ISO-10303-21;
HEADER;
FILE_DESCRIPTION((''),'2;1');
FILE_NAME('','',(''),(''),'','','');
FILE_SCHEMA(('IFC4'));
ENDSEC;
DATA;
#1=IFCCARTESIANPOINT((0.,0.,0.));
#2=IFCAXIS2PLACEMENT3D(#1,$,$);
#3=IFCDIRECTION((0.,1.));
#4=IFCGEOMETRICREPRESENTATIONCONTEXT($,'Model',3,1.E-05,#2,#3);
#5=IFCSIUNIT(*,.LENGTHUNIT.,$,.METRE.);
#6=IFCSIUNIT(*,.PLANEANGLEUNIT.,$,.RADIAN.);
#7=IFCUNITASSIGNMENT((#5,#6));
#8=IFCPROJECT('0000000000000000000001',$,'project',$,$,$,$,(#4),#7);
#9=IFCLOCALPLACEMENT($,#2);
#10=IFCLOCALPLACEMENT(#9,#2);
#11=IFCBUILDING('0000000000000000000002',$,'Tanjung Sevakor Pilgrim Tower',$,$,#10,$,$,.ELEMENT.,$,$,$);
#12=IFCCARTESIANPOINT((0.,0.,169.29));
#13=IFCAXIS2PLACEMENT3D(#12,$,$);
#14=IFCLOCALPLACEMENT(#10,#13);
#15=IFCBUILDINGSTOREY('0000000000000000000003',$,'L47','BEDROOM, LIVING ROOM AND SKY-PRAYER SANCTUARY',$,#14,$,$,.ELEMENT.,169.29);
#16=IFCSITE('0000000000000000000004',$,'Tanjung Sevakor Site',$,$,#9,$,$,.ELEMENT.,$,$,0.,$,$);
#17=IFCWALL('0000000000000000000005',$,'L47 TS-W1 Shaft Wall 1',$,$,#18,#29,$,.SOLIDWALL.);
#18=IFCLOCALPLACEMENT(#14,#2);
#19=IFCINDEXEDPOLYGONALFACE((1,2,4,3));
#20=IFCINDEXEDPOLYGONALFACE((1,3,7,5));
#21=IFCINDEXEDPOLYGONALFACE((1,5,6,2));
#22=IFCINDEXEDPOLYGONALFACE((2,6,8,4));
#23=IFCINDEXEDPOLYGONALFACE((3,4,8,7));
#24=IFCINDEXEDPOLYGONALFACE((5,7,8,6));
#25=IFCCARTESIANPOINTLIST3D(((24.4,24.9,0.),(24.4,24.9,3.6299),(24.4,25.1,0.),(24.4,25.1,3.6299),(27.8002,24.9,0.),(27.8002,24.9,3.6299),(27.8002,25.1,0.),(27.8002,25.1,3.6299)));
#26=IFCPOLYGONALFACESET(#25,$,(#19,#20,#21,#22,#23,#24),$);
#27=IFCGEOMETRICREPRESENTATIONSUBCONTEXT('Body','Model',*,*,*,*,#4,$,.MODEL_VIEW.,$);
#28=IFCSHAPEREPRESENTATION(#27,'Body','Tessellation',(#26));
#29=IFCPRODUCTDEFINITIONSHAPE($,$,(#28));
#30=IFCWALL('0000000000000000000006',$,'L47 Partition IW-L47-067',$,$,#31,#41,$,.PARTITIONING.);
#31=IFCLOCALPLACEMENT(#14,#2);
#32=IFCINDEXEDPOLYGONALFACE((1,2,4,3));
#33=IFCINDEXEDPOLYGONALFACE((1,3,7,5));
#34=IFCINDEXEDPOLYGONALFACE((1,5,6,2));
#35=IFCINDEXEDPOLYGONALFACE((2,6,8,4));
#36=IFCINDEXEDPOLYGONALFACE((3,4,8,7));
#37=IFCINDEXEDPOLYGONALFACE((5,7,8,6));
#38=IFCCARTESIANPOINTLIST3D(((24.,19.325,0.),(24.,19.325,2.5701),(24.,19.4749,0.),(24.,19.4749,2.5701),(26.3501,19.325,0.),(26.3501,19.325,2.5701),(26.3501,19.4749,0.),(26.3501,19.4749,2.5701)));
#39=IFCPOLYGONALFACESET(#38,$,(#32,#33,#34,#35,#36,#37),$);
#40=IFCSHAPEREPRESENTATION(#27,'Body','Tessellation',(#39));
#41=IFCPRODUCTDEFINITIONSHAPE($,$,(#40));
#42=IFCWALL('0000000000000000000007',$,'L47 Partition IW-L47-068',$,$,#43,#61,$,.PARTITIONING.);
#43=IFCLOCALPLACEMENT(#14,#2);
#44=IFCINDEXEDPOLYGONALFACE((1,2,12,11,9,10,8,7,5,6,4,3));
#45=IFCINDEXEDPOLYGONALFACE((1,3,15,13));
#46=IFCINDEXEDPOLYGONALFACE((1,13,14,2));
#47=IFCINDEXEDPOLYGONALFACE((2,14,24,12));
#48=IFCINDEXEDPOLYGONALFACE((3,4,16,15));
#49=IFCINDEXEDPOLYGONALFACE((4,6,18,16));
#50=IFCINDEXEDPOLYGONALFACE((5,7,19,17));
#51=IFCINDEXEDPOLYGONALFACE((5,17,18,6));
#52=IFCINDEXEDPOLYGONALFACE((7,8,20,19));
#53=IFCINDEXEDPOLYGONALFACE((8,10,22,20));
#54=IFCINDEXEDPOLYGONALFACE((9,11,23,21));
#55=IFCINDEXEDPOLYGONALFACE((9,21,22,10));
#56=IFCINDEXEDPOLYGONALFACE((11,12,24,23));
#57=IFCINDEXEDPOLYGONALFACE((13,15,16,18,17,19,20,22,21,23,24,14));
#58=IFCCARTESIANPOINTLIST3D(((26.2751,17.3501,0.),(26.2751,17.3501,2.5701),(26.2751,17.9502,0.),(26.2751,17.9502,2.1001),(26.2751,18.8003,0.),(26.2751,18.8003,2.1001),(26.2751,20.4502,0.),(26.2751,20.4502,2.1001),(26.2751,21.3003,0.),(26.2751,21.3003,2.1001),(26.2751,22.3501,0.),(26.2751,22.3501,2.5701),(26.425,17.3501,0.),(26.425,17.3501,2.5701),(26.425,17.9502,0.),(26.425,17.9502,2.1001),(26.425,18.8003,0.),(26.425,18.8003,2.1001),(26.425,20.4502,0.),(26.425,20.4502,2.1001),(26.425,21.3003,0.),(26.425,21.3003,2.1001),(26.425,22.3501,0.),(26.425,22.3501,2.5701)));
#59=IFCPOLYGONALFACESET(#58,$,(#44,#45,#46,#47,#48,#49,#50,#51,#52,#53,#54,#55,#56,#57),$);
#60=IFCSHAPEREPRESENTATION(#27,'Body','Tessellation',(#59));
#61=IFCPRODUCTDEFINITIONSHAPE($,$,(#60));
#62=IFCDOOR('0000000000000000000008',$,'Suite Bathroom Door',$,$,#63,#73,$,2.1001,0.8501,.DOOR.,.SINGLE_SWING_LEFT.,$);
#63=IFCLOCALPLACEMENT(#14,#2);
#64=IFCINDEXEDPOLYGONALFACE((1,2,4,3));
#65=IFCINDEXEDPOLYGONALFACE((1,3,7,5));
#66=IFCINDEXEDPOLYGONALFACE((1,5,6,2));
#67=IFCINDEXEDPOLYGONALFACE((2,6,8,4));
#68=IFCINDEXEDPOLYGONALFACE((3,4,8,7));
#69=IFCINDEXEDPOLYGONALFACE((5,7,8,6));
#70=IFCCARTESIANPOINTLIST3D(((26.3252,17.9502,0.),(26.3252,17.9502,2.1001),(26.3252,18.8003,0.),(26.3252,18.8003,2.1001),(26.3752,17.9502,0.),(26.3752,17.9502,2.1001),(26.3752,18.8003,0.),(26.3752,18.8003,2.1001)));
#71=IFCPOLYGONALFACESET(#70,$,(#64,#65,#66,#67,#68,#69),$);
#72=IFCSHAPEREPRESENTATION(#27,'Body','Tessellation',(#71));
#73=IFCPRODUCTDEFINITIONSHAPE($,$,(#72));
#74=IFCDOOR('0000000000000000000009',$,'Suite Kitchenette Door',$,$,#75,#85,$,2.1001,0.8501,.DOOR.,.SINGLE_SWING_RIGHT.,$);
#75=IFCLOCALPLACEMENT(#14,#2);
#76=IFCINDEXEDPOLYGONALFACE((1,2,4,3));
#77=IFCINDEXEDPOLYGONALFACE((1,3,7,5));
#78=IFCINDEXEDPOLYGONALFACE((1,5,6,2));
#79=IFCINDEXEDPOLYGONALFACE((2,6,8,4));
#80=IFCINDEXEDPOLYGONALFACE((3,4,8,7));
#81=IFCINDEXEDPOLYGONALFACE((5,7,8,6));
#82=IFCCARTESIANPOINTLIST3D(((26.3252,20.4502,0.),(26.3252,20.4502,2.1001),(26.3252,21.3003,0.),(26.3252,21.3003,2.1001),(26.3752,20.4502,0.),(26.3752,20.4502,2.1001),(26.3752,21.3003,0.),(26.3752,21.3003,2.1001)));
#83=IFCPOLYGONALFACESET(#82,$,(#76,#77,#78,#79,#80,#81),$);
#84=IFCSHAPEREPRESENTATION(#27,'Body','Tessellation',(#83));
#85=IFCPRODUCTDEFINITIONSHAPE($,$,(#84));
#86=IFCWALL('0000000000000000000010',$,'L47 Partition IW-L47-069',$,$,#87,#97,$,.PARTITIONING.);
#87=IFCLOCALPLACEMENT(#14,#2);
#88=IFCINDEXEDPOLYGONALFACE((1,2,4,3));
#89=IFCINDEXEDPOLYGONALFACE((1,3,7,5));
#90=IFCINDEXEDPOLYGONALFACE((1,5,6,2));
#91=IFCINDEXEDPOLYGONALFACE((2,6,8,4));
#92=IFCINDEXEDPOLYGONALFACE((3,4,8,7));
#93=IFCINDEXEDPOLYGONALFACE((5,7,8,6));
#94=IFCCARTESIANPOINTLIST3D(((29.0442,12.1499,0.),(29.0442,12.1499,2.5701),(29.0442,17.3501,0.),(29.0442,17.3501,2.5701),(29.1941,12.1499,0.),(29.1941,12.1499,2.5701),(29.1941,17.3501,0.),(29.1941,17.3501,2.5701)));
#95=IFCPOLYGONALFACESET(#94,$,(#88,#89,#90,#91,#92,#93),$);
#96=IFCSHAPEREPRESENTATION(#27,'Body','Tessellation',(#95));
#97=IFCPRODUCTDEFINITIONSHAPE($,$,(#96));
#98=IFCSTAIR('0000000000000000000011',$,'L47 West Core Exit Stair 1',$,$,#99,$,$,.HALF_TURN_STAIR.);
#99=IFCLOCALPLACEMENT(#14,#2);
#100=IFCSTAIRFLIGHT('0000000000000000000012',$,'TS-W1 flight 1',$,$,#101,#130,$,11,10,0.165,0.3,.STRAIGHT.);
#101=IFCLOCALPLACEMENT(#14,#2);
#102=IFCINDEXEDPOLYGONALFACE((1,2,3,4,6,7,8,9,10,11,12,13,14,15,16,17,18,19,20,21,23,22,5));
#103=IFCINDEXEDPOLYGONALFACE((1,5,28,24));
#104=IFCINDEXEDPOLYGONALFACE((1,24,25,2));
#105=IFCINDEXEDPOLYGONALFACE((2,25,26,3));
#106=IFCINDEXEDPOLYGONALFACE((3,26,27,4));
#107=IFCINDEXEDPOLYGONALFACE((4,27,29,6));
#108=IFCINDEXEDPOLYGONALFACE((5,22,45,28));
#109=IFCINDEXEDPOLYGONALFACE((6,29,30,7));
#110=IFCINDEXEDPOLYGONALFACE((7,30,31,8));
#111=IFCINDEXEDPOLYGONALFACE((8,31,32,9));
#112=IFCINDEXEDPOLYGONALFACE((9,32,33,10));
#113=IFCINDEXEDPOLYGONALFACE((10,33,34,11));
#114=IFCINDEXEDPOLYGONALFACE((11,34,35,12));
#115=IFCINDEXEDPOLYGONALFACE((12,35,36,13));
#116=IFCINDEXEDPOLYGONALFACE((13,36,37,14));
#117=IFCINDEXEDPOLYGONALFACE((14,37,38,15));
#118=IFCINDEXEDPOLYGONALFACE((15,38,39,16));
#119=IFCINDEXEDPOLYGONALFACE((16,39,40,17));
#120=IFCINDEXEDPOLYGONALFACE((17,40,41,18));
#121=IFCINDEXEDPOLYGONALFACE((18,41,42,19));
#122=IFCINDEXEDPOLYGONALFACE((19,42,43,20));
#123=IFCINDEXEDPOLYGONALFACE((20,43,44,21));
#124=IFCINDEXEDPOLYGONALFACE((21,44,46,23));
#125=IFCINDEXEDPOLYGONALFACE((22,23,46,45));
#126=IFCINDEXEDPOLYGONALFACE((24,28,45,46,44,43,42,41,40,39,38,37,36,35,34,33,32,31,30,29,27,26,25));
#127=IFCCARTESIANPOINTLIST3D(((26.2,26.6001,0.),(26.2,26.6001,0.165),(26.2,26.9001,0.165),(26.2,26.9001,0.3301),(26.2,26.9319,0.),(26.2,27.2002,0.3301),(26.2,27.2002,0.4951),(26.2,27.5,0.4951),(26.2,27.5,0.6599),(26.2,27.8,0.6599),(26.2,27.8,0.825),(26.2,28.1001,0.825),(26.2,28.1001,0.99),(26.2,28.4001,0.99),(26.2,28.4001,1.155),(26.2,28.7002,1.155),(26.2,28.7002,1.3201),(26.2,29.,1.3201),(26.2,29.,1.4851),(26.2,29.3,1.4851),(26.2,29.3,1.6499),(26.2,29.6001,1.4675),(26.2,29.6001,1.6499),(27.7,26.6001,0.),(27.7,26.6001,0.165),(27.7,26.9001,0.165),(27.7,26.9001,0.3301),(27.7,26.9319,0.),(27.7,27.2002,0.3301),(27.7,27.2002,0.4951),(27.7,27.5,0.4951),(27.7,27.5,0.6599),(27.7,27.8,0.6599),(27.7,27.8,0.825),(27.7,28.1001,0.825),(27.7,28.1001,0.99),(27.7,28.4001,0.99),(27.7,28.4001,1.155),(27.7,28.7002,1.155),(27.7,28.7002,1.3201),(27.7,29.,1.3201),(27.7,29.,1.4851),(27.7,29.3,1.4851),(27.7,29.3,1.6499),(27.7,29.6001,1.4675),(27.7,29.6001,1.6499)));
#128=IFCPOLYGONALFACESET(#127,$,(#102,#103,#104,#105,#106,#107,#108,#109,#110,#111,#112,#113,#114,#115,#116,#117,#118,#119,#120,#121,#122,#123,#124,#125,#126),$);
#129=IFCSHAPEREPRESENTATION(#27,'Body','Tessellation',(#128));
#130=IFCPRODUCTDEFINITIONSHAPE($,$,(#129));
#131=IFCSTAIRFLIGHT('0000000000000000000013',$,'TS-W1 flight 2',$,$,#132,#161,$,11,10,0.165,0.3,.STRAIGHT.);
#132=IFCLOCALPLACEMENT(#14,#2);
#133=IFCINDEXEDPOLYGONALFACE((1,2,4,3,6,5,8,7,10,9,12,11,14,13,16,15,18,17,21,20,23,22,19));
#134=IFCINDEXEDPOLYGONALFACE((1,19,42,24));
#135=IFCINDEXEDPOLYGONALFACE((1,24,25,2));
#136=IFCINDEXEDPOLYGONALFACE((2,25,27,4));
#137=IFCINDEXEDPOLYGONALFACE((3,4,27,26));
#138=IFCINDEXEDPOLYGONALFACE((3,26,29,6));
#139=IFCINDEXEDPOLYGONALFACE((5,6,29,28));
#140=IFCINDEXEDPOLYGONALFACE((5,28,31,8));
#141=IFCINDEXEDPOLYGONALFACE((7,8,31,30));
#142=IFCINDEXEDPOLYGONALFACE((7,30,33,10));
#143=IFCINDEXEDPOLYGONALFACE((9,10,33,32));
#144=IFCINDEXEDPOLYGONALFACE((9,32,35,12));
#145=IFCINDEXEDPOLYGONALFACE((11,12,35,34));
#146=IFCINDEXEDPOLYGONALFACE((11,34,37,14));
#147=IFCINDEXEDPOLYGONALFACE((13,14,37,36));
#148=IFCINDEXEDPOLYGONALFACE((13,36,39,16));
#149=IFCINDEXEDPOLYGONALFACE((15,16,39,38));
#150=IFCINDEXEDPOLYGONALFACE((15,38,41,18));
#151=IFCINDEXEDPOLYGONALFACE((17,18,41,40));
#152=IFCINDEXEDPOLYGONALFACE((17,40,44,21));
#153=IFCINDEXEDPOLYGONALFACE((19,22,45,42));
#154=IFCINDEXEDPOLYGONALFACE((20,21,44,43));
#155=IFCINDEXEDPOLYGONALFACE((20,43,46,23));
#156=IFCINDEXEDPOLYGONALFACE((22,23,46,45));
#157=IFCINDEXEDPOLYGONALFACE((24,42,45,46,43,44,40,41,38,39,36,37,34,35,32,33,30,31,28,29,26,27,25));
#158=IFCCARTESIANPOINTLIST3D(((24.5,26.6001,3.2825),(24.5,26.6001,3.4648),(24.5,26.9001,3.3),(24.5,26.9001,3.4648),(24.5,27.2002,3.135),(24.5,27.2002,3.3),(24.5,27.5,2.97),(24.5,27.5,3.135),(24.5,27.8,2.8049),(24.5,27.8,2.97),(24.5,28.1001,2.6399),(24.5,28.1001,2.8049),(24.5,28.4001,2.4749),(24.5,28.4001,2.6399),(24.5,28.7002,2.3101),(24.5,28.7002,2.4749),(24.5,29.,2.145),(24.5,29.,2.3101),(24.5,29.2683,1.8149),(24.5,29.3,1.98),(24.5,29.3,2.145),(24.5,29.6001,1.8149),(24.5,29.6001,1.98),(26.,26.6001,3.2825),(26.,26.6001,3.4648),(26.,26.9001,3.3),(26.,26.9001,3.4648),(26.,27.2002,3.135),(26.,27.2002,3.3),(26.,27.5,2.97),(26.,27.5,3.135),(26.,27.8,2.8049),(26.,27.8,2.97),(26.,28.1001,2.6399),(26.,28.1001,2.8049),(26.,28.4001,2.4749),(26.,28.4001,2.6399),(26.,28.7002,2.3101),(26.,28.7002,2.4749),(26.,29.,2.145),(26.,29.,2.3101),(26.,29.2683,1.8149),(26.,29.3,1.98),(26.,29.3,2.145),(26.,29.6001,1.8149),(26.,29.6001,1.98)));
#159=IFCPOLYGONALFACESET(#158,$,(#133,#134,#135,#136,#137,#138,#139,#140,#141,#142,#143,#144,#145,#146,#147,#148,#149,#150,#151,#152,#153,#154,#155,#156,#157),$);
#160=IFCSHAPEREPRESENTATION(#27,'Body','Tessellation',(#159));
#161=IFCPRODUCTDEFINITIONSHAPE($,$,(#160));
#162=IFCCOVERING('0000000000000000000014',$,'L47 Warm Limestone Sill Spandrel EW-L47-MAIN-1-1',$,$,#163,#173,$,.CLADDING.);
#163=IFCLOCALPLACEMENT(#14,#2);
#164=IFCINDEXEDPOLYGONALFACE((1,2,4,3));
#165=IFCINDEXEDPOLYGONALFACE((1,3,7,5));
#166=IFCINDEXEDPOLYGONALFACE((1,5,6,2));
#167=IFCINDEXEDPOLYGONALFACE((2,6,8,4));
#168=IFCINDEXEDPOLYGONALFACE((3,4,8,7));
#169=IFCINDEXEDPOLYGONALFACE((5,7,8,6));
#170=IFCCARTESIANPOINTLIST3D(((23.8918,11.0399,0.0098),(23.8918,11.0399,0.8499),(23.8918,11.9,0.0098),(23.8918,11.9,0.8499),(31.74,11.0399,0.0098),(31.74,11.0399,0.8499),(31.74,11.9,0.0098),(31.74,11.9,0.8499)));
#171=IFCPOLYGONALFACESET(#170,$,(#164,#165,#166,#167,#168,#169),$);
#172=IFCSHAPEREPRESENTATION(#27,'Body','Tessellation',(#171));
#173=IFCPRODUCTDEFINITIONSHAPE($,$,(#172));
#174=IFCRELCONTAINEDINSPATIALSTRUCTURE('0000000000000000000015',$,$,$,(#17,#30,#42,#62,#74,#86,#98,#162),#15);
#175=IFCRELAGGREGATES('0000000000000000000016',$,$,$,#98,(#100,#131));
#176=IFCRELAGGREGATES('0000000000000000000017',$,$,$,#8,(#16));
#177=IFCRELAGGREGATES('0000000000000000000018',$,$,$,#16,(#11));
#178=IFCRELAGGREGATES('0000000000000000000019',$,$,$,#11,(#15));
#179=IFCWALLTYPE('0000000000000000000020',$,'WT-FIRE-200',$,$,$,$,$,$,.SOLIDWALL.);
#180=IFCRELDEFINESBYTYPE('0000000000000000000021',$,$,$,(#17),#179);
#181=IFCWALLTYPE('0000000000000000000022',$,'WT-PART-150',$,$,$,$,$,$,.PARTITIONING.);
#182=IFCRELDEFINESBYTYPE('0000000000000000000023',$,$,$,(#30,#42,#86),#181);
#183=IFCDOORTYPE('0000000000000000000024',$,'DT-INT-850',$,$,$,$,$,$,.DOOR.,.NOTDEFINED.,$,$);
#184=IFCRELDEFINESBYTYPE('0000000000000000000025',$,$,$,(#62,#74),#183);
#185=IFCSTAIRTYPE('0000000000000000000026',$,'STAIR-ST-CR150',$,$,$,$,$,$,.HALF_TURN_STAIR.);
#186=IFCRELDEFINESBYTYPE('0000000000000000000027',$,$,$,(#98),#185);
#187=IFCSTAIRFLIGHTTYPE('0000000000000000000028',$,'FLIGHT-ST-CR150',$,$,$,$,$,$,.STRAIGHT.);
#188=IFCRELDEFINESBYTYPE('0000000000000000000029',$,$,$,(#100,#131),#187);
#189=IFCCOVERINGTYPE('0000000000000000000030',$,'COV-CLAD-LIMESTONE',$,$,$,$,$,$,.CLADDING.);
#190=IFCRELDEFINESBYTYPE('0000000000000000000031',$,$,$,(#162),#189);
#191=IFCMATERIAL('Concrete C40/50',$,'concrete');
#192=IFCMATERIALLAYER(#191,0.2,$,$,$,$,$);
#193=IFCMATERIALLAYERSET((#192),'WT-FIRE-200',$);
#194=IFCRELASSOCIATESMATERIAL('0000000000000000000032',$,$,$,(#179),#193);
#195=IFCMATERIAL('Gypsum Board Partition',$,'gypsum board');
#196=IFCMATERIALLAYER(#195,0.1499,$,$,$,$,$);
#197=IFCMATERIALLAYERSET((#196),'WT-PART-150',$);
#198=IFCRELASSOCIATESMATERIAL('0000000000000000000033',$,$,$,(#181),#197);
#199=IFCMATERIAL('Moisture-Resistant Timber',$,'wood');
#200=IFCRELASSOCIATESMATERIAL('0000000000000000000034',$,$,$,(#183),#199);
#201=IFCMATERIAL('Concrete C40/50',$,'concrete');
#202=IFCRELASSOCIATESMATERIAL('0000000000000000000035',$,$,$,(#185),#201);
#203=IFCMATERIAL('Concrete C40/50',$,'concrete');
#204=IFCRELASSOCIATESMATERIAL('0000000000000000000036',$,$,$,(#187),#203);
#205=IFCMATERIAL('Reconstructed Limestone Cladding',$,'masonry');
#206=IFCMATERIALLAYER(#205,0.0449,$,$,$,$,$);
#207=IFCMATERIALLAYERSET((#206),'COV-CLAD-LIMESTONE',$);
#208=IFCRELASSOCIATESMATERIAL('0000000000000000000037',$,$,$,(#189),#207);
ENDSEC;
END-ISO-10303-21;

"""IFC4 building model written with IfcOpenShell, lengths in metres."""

from ifc_helpers import new_model, si_unit, direction, frame, frame_2d, origin, origin_2d, place, context, subcontext, project, spatial, polyline, rectangle, outline, extrude, material, layer, layer_set, type_object, element, fill, aggregate, save


model = new_model("IFC4")

# Units and contexts
model_context = context("Model", 3, precision=1e-05, world=origin(), true_north=direction((0.0, 1.0)))
body_context = subcontext(model_context, "Body", "Model", "MODEL_VIEW")
ifc_project = project(units=[si_unit("LENGTHUNIT", "METRE"), si_unit("PLANEANGLEUNIT", "RADIAN")], contexts=[model_context])

# Site, building, storey
site_placement = place(None, origin())
site = spatial("IfcSite", under=ifc_project, at=site_placement, Name="Tanjung Sevakor Site", CompositionType="ELEMENT", RefElevation=0.0)
building_placement = place(site_placement, origin())
building = spatial("IfcBuilding", under=site, at=building_placement, Name="Tanjung Sevakor Pilgrim Tower", CompositionType="ELEMENT")
storey_placement = place(building_placement, frame((0.0, 0.0, 169.29)))
storey = spatial("IfcBuildingStorey", under=building, at=storey_placement, Name="L47", Description="BEDROOM, LIVING ROOM AND SKY-PRAYER SANCTUARY", CompositionType="ELEMENT", Elevation=169.29)

# Wall
ifc_material_1 = material(Name="Concrete C40/50", Category="concrete")
ifc_layer_1 = layer(ifc_material_1, 0.2)
ifc_layer_set_1 = layer_set([ifc_layer_1], Name="WT-FIRE-200")
wall_type_1 = type_object("IfcWallType", Name="WT-FIRE-200", PredefinedType="SOLIDWALL", material=ifc_layer_set_1)
wall_1_placement = place(storey_placement, frame((24.3999, 25.0, 0.0), z_axis=(0.0, 0.0, 1.0), x_axis=(1.0, 0.0, 0.0)))
element("IfcWall", 1, at=wall_1_placement, inside=storey, type_object=wall_type_1, Name="L47 TS-W1 Shaft Wall 1", PredefinedType="SOLIDWALL", context=body_context, shape_type="SweptSolid", body=[
    extrude(rectangle(XDim=3.4001, YDim=0.2, at=frame_2d((1.7002, 0.0))), origin(), (0.0, 0.0, 1.0), 3.6299),
])

# Wall
ifc_material_2 = material(Name="Gypsum Board Partition", Category="gypsum board")
ifc_layer_2 = layer(ifc_material_2, 0.1499)
ifc_layer_set_2 = layer_set([ifc_layer_2], Name="WT-PART-150")
wall_type_2 = type_object("IfcWallType", Name="WT-PART-150", PredefinedType="PARTITIONING", material=ifc_layer_set_2)
wall_2_placement = place(storey_placement, frame((24.0, 19.3999, 0.0), z_axis=(0.0, 0.0, 1.0), x_axis=(1.0, 0.0, 0.0)))
element("IfcWall", 2, at=wall_2_placement, inside=storey, type_object=wall_type_2, Name="L47 Partition IW-L47-067", PredefinedType="PARTITIONING", context=body_context, shape_type="SweptSolid", body=[
    extrude(rectangle(XDim=2.3501, YDim=0.1499, at=frame_2d((1.175, 0.0))), origin(), (0.0, 0.0, 1.0), 2.5701),
])

# Wall, openings, doors
wall_3_placement = place(storey_placement, frame((26.3501, 17.3501, 0.0), z_axis=(0.0, 0.0, 1.0), x_axis=(0.0, 1.0, 0.0)))
wall_3 = element("IfcWall", 3, at=wall_3_placement, inside=storey, type_object=wall_type_2, Name="L47 Partition IW-L47-068", PredefinedType="PARTITIONING", context=body_context, shape_type="SweptSolid", body=[
    extrude(rectangle(XDim=5.0, YDim=0.1499, at=frame_2d((2.5, 0.0))), origin(), (0.0, 0.0, 1.0), 2.5701),
])
opening_1_placement = place(wall_3_placement, frame((0.6001, 0.0, 0.0)))
opening_1 = element("IfcOpeningElement", 4, at=opening_1_placement, cuts=wall_3, PredefinedType="OPENING", context=body_context, shape_type="SweptSolid", body=[
    extrude(rectangle(XDim=0.8501, YDim=2.1001, at=frame_2d((0.425, 1.05))), frame((0.0, 0.085, 0.0), z_axis=(0.0, -1.0, 0.0), x_axis=(1.0, 0.0, 0.0)), (0.0, 0.0, 1.0), 0.1699),
])
opening_2_placement = place(wall_3_placement, frame((3.1001, 0.0, 0.0)))
opening_2 = element("IfcOpeningElement", 5, at=opening_2_placement, cuts=wall_3, PredefinedType="OPENING", context=body_context, shape_type="SweptSolid", body=[
    extrude(rectangle(XDim=0.8501, YDim=2.1001, at=frame_2d((0.425, 1.05))), frame((0.0, 0.085, 0.0), z_axis=(0.0, -1.0, 0.0), x_axis=(1.0, 0.0, 0.0)), (0.0, 0.0, 1.0), 0.1699),
])
ifc_material_3 = material(Name="Moisture-Resistant Timber", Category="wood")
door_type_1 = type_object("IfcDoorType", Name="DT-INT-850", OperationType="NOTDEFINED", PredefinedType="DOOR", material=ifc_material_3)
door_1_placement = place(opening_1_placement, origin())
door_1 = element("IfcDoor", 6, at=door_1_placement, inside=storey, type_object=door_type_1, Name="Suite Bathroom Door", OperationType="SINGLE_SWING_LEFT", OverallHeight=2.1001, OverallWidth=0.8501, PredefinedType="DOOR", context=body_context, shape_type="SweptSolid", body=[
    extrude(rectangle(XDim=0.8501, YDim=2.1001, at=frame_2d((0.425, 1.05))), frame((0.0, 0.0249, 0.0), z_axis=(0.0, -1.0, 0.0), x_axis=(1.0, 0.0, 0.0)), (0.0, 0.0, 1.0), 0.05),
])
fill(opening_1, door_1)
door_2_placement = place(opening_2_placement, origin())
door_2 = element("IfcDoor", 7, at=door_2_placement, inside=storey, type_object=door_type_1, Name="Suite Kitchenette Door", OperationType="SINGLE_SWING_RIGHT", OverallHeight=2.1001, OverallWidth=0.8501, PredefinedType="DOOR", context=body_context, shape_type="SweptSolid", body=[
    extrude(rectangle(XDim=0.8501, YDim=2.1001, at=frame_2d((0.425, 1.05))), frame((0.0, 0.0249, 0.0), z_axis=(0.0, -1.0, 0.0), x_axis=(1.0, 0.0, 0.0)), (0.0, 0.0, 1.0), 0.05),
])
fill(opening_2, door_2)

# Wall
wall_4_placement = place(storey_placement, frame((29.1191, 12.1499, 0.0), z_axis=(0.0, 0.0, 1.0), x_axis=(0.0, 1.0, 0.0)))
element("IfcWall", 8, at=wall_4_placement, inside=storey, type_object=wall_type_2, Name="L47 Partition IW-L47-069", PredefinedType="PARTITIONING", context=body_context, shape_type="SweptSolid", body=[
    extrude(rectangle(XDim=5.2002, YDim=0.1499, at=frame_2d((2.6001, 0.0))), origin(), (0.0, 0.0, 1.0), 2.5701),
])

# Stair, stair flights
ifc_material_4 = material(Name="Concrete C40/50", Category="concrete")
stair_type = type_object("IfcStairType", Name="STAIR-ST-CR150", PredefinedType="HALF_TURN_STAIR", material=ifc_material_4)
stair_placement = place(storey_placement, origin())
stair = element("IfcStair", 9, at=stair_placement, inside=storey, type_object=stair_type, Name="L47 West Core Exit Stair 1", PredefinedType="HALF_TURN_STAIR")
ifc_material_5 = material(Name="Concrete C40/50", Category="concrete")
stair_flight_type = type_object("IfcStairFlightType", Name="FLIGHT-ST-CR150", PredefinedType="STRAIGHT", material=ifc_material_5)
stair_flight_1_placement = place(storey_placement, frame((26.95, 26.6001, 0.0), z_axis=(0.0, 0.0, 1.0), x_axis=(0.0, 1.0, 0.0)))
stair_flight_1 = element("IfcStairFlight", 10, at=stair_flight_1_placement, type_object=stair_flight_type, Name="TS-W1 flight 1", NumberOfRisers=11, NumberOfTreads=10, PredefinedType="STRAIGHT", RiserHeight=0.165, TreadLength=0.3, context=body_context, shape_type="SweptSolid", body=[
    extrude(outline(polyline([(0.0, 0.0), (0.0, 0.165), (0.3, 0.165), (0.3, 0.3301), (0.6001, 0.3301), (0.6001, 0.4951), (0.8999, 0.4951), (0.8999, 0.6599), (1.2, 0.6599), (1.2, 0.825), (1.5, 0.825), (1.5, 0.99), (1.8, 0.99), (1.8, 1.155), (2.1001, 1.155), (2.1001, 1.3201), (2.3999, 1.3201), (2.3999, 1.4851), (2.7, 1.4851), (2.7, 1.6499), (3.0, 1.6499), (3.0, 1.8149), (3.0, 1.4675), (0.3318, 0.0), (0.0, 0.0)])), frame((0.0, 0.75, 0.0), z_axis=(0.0, -1.0, 0.0), x_axis=(1.0, 0.0, 0.0)), (0.0, 0.0, 1.0), 1.5),
])
stair_flight_2_placement = place(storey_placement, frame((25.25, 29.6001, 1.8149), z_axis=(0.0, 0.0, 1.0), x_axis=(0.0, -1.0, 0.0)))
stair_flight_2 = element("IfcStairFlight", 11, at=stair_flight_2_placement, type_object=stair_flight_type, Name="TS-W1 flight 2", NumberOfRisers=11, NumberOfTreads=10, PredefinedType="STRAIGHT", RiserHeight=0.165, TreadLength=0.3, context=body_context, shape_type="SweptSolid", body=[
    extrude(outline(polyline([(0.0, 0.0), (0.0, 0.165), (0.3, 0.165), (0.3, 0.3301), (0.6001, 0.3301), (0.6001, 0.4951), (0.8999, 0.4951), (0.8999, 0.6599), (1.2, 0.6599), (1.2, 0.825), (1.5, 0.825), (1.5, 0.99), (1.8, 0.99), (1.8, 1.155), (2.1001, 1.155), (2.1001, 1.3201), (2.3999, 1.3201), (2.3999, 1.4851), (2.7, 1.4851), (2.7, 1.6499), (3.0, 1.6499), (3.0, 1.8149), (3.0, 1.4675), (0.3318, 0.0), (0.0, 0.0)])), frame((0.0, 0.75, 0.0), z_axis=(0.0, -1.0, 0.0), x_axis=(1.0, 0.0, 0.0)), (0.0, 0.0, 1.0), 1.5),
])
aggregate(stair, [stair_flight_1, stair_flight_2])

# Covering
ifc_material_6 = material(Name="Reconstructed Limestone Cladding", Category="masonry")
ifc_layer_3 = layer(ifc_material_6, 0.0449)
ifc_layer_set_3 = layer_set([ifc_layer_3], Name="COV-CLAD-LIMESTONE")
covering_type = type_object("IfcCoveringType", Name="COV-CLAD-LIMESTONE", PredefinedType="CLADDING", material=ifc_layer_set_3)
covering_placement = place(storey_placement, frame((27.8159, 11.47, 0.0098), z_axis=(0.0, 0.0, 1.0), x_axis=(1.0, 0.0, 0.0)))
element("IfcCovering", 12, at=covering_placement, inside=storey, type_object=covering_type, Name="L47 Warm Limestone Sill Spandrel EW-L47-MAIN-1-1", PredefinedType="CLADDING", context=body_context, shape_type="SweptSolid", body=[
    extrude(rectangle(XDim=7.8481, YDim=0.8601, at=origin_2d()), origin(), (0.0, 0.0, 1.0), 0.8401),
])

save(model, "model.ifc")
